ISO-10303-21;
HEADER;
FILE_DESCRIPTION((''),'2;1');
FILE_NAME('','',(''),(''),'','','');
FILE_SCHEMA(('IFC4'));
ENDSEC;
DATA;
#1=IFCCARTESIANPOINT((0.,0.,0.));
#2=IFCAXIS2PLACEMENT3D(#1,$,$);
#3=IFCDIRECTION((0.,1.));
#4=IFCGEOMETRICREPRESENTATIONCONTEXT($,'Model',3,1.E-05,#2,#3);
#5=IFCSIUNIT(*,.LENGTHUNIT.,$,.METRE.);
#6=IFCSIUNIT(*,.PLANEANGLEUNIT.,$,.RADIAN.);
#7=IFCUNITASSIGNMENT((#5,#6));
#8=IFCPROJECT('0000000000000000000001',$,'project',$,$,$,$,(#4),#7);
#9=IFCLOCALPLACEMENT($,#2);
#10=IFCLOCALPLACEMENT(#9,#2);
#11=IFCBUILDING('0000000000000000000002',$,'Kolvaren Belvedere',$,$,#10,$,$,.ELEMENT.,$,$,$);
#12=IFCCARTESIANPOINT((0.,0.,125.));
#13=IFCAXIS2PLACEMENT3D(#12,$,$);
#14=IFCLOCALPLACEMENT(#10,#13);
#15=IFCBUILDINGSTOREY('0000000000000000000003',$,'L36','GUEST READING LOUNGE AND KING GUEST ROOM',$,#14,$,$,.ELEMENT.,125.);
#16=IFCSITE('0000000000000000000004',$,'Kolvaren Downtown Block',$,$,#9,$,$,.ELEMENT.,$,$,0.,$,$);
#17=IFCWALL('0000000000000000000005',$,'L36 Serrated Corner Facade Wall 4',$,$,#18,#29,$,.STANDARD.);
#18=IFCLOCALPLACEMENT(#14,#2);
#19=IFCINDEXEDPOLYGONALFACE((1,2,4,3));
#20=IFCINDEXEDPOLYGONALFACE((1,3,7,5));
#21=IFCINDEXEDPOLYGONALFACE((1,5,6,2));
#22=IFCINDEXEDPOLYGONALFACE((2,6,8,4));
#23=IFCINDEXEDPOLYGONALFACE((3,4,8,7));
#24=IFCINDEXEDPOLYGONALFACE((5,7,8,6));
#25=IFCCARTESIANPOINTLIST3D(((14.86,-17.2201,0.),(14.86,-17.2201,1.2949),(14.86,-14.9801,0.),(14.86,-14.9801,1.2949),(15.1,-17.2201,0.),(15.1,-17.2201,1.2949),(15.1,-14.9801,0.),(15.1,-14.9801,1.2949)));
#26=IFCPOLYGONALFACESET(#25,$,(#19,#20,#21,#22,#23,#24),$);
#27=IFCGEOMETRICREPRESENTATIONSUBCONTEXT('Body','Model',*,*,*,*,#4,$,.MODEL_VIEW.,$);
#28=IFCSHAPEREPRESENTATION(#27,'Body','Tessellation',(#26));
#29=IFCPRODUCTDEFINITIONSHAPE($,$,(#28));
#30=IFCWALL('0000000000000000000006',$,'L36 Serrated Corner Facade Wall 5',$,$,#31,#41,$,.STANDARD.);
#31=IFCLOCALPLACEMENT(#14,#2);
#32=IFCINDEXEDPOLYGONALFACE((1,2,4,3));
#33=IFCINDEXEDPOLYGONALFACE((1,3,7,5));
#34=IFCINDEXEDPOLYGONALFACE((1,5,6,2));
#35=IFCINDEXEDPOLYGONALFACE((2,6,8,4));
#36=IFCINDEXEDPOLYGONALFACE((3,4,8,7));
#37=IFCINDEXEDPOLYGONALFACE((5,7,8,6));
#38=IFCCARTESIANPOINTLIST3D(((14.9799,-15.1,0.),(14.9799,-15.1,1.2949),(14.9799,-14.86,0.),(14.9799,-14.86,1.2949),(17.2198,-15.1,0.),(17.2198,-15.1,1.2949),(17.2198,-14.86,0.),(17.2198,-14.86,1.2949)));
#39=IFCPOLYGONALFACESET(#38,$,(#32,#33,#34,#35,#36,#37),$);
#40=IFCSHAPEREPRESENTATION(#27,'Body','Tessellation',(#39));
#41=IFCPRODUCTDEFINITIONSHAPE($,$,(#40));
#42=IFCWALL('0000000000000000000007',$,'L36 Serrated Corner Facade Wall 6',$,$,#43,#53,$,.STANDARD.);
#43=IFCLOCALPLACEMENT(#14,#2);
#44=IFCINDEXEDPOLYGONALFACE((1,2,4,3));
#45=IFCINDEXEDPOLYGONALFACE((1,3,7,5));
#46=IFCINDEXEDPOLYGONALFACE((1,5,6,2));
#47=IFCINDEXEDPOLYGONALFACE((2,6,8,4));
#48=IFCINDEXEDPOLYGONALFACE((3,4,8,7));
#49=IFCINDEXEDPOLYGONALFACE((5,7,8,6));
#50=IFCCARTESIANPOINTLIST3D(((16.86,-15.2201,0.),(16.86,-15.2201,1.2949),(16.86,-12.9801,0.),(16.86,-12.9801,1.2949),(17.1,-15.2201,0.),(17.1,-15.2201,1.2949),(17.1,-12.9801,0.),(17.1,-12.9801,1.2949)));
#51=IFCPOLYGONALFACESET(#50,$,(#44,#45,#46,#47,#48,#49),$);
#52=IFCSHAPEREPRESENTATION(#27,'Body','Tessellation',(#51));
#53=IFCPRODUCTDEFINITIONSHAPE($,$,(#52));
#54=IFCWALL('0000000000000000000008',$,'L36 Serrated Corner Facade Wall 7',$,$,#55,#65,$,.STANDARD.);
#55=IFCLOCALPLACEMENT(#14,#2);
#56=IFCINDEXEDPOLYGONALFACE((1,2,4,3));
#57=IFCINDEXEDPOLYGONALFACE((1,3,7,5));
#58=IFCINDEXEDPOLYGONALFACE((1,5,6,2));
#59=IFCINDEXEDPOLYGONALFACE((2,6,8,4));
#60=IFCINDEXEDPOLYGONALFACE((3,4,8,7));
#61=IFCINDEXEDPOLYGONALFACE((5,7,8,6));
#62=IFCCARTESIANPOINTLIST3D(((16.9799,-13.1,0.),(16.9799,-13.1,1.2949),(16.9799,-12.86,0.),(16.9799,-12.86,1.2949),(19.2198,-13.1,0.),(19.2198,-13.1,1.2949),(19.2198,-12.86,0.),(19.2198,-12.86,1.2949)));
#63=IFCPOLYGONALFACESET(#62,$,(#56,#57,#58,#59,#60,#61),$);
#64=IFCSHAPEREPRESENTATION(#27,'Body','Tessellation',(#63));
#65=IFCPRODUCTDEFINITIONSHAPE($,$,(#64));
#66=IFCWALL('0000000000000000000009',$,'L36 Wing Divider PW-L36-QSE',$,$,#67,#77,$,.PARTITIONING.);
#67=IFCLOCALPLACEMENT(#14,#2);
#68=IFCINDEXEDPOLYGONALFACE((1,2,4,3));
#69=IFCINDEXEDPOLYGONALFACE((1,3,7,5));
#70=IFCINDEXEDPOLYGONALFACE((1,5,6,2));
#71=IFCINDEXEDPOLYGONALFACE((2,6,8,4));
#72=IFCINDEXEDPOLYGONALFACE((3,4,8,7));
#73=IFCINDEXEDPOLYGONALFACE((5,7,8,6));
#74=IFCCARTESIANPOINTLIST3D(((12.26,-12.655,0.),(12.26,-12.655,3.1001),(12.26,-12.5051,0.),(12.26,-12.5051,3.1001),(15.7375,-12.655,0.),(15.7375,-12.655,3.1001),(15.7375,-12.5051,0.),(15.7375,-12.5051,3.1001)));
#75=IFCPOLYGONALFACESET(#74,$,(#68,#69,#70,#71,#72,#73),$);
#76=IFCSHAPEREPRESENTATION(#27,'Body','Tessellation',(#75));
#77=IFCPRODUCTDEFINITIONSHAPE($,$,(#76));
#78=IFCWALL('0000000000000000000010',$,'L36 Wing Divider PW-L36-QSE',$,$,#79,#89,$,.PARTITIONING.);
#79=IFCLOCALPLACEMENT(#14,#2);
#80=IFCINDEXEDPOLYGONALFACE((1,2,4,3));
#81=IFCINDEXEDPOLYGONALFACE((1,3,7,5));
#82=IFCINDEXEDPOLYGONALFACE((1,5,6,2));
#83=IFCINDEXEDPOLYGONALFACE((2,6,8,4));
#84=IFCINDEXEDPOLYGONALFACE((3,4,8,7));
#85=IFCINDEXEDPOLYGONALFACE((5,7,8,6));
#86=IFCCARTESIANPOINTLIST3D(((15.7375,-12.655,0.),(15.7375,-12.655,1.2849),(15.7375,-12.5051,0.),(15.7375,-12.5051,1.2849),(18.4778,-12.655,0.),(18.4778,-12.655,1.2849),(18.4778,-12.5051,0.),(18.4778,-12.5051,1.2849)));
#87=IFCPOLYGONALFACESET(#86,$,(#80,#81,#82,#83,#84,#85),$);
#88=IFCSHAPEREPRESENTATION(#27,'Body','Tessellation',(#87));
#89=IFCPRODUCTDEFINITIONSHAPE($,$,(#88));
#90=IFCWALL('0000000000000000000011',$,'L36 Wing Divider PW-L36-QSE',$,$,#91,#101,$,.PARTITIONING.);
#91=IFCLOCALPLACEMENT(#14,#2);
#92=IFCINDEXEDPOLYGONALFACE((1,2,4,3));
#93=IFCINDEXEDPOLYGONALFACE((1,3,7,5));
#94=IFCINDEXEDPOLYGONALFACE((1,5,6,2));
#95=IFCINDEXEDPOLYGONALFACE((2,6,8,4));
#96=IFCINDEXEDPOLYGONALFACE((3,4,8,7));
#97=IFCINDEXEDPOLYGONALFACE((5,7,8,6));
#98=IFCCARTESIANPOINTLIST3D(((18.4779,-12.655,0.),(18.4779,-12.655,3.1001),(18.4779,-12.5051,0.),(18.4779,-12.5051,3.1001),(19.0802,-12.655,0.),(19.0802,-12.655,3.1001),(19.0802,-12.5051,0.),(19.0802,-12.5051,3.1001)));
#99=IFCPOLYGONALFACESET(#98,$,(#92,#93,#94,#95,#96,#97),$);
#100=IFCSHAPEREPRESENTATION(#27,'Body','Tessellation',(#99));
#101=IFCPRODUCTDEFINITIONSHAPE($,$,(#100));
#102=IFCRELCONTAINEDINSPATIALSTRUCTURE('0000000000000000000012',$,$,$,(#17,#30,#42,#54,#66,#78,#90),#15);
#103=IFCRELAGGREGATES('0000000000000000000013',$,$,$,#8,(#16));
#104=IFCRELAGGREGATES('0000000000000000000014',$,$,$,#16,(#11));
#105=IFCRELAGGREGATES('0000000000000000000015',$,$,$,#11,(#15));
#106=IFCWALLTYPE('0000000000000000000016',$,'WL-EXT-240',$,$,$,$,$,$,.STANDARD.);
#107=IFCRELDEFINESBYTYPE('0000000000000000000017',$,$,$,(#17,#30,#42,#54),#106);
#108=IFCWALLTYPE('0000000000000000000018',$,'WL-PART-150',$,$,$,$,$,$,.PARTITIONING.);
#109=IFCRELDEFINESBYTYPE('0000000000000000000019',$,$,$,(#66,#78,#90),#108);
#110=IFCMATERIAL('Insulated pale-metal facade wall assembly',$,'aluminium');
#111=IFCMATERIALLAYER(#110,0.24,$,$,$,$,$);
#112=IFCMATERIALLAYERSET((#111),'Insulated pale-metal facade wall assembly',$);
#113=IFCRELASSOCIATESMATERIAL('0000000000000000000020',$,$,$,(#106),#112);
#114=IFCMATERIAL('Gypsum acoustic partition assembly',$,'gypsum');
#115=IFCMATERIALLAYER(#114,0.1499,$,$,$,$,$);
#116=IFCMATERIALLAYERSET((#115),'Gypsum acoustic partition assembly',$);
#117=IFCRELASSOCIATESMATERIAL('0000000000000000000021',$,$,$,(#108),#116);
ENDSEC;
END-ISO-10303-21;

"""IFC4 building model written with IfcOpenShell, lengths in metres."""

from ifc_helpers import new_model, si_unit, direction, frame, frame_2d, origin, place, context, subcontext, project, spatial, rectangle, extrude, material, layer, layer_set, type_object, element, save


model = new_model("IFC4")

# Units and contexts
model_context = context("Model", 3, precision=1e-05, world=origin(), true_north=direction((0.0, 1.0)))
body_context = subcontext(model_context, "Body", "Model", "MODEL_VIEW")
ifc_project = project(units=[si_unit("LENGTHUNIT", "METRE"), si_unit("PLANEANGLEUNIT", "RADIAN")], contexts=[model_context])

# Site, building, storey
site_placement = place(None, origin())
site = spatial("IfcSite", under=ifc_project, at=site_placement, Name="Kolvaren Downtown Block", CompositionType="ELEMENT", RefElevation=0.0)
building_placement = place(site_placement, origin())
building = spatial("IfcBuilding", under=site, at=building_placement, Name="Kolvaren Belvedere", CompositionType="ELEMENT")
storey_placement = place(building_placement, frame((0.0, 0.0, 125.0)))
storey = spatial("IfcBuildingStorey", under=building, at=storey_placement, Name="L36", Description="GUEST READING LOUNGE AND KING GUEST ROOM", CompositionType="ELEMENT", Elevation=125.0)

# Walls
ifc_material_1 = material(Name="Insulated pale-metal facade wall assembly", Category="aluminium")
ifc_layer_1 = layer(ifc_material_1, 0.24)
ifc_layer_set_1 = layer_set([ifc_layer_1], Name="Insulated pale-metal facade wall assembly")
wall_type_1 = type_object("IfcWallType", Name="WL-EXT-240", PredefinedType="STANDARD", material=ifc_layer_set_1)
for number, where, z_axis, x_axis, name in (
    (1, (14.98, -14.98, 0.0), (0.0, 0.0, 1.0), (0.0, -1.0, 0.0), "L36 Serrated Corner Facade Wall 4"),
    (2, (17.22, -14.98, 0.0), (0.0, 0.0, 1.0), (-1.0, 0.0, 0.0), "L36 Serrated Corner Facade Wall 5"),
    (3, (16.98, -12.98, 0.0), (0.0, 0.0, 1.0), (0.0, -1.0, 0.0), "L36 Serrated Corner Facade Wall 6"),
    (4, (19.22, -12.98, 0.0), (0.0, 0.0, 1.0), (-1.0, 0.0, 0.0), "L36 Serrated Corner Facade Wall 7"),
):
    element("IfcWall", number, at=place(storey_placement, frame(where, z_axis=z_axis, x_axis=x_axis)), inside=storey, type_object=wall_type_1, Name=name, PredefinedType="STANDARD", context=body_context, shape_type="SweptSolid", body=[
        extrude(rectangle(XDim=2.24, YDim=0.24, at=frame_2d((1.1201, 0.0))), origin(), (0.0, 0.0, 1.0), 1.2949),
    ])
ifc_material_2 = material(Name="Gypsum acoustic partition assembly", Category="gypsum")
ifc_layer_2 = layer(ifc_material_2, 0.1499)
ifc_layer_set_2 = layer_set([ifc_layer_2], Name="Gypsum acoustic partition assembly")
wall_type_2 = type_object("IfcWallType", Name="WL-PART-150", PredefinedType="PARTITIONING", material=ifc_layer_set_2)
wall_1_placement = place(storey_placement, frame((12.26, -12.5801, 0.0), z_axis=(0.0, 0.0, 1.0), x_axis=(1.0, 0.0, 0.0)))
element("IfcWall", 5, at=wall_1_placement, inside=storey, type_object=wall_type_2, Name="L36 Wing Divider PW-L36-QSE", PredefinedType="PARTITIONING", context=body_context, shape_type="SweptSolid", body=[
    extrude(rectangle(XDim=3.4775, YDim=0.1499, at=frame_2d((1.7388, 0.0))), origin(), (0.0, 0.0, 1.0), 3.1001),
])
wall_2_placement = place(storey_placement, frame((15.7375, -12.5801, 0.0), z_axis=(0.0, 0.0, 1.0), x_axis=(1.0, 0.0, 0.0)))
element("IfcWall", 6, at=wall_2_placement, inside=storey, type_object=wall_type_2, Name="L36 Wing Divider PW-L36-QSE", PredefinedType="PARTITIONING", context=body_context, shape_type="SweptSolid", body=[
    extrude(rectangle(XDim=2.7402, YDim=0.1499, at=frame_2d((1.3701, 0.0))), origin(), (0.0, 0.0, 1.0), 1.2849),
])
wall_3_placement = place(storey_placement, frame((18.4778, -12.5801, 0.0), z_axis=(0.0, 0.0, 1.0), x_axis=(1.0, 0.0, 0.0)))
element("IfcWall", 7, at=wall_3_placement, inside=storey, type_object=wall_type_2, Name="L36 Wing Divider PW-L36-QSE", PredefinedType="PARTITIONING", context=body_context, shape_type="SweptSolid", body=[
    extrude(rectangle(XDim=0.6023, YDim=0.1499, at=frame_2d((0.3013, 0.0))), origin(), (0.0, 0.0, 1.0), 3.1001),
])

save(model, "model.ifc")
